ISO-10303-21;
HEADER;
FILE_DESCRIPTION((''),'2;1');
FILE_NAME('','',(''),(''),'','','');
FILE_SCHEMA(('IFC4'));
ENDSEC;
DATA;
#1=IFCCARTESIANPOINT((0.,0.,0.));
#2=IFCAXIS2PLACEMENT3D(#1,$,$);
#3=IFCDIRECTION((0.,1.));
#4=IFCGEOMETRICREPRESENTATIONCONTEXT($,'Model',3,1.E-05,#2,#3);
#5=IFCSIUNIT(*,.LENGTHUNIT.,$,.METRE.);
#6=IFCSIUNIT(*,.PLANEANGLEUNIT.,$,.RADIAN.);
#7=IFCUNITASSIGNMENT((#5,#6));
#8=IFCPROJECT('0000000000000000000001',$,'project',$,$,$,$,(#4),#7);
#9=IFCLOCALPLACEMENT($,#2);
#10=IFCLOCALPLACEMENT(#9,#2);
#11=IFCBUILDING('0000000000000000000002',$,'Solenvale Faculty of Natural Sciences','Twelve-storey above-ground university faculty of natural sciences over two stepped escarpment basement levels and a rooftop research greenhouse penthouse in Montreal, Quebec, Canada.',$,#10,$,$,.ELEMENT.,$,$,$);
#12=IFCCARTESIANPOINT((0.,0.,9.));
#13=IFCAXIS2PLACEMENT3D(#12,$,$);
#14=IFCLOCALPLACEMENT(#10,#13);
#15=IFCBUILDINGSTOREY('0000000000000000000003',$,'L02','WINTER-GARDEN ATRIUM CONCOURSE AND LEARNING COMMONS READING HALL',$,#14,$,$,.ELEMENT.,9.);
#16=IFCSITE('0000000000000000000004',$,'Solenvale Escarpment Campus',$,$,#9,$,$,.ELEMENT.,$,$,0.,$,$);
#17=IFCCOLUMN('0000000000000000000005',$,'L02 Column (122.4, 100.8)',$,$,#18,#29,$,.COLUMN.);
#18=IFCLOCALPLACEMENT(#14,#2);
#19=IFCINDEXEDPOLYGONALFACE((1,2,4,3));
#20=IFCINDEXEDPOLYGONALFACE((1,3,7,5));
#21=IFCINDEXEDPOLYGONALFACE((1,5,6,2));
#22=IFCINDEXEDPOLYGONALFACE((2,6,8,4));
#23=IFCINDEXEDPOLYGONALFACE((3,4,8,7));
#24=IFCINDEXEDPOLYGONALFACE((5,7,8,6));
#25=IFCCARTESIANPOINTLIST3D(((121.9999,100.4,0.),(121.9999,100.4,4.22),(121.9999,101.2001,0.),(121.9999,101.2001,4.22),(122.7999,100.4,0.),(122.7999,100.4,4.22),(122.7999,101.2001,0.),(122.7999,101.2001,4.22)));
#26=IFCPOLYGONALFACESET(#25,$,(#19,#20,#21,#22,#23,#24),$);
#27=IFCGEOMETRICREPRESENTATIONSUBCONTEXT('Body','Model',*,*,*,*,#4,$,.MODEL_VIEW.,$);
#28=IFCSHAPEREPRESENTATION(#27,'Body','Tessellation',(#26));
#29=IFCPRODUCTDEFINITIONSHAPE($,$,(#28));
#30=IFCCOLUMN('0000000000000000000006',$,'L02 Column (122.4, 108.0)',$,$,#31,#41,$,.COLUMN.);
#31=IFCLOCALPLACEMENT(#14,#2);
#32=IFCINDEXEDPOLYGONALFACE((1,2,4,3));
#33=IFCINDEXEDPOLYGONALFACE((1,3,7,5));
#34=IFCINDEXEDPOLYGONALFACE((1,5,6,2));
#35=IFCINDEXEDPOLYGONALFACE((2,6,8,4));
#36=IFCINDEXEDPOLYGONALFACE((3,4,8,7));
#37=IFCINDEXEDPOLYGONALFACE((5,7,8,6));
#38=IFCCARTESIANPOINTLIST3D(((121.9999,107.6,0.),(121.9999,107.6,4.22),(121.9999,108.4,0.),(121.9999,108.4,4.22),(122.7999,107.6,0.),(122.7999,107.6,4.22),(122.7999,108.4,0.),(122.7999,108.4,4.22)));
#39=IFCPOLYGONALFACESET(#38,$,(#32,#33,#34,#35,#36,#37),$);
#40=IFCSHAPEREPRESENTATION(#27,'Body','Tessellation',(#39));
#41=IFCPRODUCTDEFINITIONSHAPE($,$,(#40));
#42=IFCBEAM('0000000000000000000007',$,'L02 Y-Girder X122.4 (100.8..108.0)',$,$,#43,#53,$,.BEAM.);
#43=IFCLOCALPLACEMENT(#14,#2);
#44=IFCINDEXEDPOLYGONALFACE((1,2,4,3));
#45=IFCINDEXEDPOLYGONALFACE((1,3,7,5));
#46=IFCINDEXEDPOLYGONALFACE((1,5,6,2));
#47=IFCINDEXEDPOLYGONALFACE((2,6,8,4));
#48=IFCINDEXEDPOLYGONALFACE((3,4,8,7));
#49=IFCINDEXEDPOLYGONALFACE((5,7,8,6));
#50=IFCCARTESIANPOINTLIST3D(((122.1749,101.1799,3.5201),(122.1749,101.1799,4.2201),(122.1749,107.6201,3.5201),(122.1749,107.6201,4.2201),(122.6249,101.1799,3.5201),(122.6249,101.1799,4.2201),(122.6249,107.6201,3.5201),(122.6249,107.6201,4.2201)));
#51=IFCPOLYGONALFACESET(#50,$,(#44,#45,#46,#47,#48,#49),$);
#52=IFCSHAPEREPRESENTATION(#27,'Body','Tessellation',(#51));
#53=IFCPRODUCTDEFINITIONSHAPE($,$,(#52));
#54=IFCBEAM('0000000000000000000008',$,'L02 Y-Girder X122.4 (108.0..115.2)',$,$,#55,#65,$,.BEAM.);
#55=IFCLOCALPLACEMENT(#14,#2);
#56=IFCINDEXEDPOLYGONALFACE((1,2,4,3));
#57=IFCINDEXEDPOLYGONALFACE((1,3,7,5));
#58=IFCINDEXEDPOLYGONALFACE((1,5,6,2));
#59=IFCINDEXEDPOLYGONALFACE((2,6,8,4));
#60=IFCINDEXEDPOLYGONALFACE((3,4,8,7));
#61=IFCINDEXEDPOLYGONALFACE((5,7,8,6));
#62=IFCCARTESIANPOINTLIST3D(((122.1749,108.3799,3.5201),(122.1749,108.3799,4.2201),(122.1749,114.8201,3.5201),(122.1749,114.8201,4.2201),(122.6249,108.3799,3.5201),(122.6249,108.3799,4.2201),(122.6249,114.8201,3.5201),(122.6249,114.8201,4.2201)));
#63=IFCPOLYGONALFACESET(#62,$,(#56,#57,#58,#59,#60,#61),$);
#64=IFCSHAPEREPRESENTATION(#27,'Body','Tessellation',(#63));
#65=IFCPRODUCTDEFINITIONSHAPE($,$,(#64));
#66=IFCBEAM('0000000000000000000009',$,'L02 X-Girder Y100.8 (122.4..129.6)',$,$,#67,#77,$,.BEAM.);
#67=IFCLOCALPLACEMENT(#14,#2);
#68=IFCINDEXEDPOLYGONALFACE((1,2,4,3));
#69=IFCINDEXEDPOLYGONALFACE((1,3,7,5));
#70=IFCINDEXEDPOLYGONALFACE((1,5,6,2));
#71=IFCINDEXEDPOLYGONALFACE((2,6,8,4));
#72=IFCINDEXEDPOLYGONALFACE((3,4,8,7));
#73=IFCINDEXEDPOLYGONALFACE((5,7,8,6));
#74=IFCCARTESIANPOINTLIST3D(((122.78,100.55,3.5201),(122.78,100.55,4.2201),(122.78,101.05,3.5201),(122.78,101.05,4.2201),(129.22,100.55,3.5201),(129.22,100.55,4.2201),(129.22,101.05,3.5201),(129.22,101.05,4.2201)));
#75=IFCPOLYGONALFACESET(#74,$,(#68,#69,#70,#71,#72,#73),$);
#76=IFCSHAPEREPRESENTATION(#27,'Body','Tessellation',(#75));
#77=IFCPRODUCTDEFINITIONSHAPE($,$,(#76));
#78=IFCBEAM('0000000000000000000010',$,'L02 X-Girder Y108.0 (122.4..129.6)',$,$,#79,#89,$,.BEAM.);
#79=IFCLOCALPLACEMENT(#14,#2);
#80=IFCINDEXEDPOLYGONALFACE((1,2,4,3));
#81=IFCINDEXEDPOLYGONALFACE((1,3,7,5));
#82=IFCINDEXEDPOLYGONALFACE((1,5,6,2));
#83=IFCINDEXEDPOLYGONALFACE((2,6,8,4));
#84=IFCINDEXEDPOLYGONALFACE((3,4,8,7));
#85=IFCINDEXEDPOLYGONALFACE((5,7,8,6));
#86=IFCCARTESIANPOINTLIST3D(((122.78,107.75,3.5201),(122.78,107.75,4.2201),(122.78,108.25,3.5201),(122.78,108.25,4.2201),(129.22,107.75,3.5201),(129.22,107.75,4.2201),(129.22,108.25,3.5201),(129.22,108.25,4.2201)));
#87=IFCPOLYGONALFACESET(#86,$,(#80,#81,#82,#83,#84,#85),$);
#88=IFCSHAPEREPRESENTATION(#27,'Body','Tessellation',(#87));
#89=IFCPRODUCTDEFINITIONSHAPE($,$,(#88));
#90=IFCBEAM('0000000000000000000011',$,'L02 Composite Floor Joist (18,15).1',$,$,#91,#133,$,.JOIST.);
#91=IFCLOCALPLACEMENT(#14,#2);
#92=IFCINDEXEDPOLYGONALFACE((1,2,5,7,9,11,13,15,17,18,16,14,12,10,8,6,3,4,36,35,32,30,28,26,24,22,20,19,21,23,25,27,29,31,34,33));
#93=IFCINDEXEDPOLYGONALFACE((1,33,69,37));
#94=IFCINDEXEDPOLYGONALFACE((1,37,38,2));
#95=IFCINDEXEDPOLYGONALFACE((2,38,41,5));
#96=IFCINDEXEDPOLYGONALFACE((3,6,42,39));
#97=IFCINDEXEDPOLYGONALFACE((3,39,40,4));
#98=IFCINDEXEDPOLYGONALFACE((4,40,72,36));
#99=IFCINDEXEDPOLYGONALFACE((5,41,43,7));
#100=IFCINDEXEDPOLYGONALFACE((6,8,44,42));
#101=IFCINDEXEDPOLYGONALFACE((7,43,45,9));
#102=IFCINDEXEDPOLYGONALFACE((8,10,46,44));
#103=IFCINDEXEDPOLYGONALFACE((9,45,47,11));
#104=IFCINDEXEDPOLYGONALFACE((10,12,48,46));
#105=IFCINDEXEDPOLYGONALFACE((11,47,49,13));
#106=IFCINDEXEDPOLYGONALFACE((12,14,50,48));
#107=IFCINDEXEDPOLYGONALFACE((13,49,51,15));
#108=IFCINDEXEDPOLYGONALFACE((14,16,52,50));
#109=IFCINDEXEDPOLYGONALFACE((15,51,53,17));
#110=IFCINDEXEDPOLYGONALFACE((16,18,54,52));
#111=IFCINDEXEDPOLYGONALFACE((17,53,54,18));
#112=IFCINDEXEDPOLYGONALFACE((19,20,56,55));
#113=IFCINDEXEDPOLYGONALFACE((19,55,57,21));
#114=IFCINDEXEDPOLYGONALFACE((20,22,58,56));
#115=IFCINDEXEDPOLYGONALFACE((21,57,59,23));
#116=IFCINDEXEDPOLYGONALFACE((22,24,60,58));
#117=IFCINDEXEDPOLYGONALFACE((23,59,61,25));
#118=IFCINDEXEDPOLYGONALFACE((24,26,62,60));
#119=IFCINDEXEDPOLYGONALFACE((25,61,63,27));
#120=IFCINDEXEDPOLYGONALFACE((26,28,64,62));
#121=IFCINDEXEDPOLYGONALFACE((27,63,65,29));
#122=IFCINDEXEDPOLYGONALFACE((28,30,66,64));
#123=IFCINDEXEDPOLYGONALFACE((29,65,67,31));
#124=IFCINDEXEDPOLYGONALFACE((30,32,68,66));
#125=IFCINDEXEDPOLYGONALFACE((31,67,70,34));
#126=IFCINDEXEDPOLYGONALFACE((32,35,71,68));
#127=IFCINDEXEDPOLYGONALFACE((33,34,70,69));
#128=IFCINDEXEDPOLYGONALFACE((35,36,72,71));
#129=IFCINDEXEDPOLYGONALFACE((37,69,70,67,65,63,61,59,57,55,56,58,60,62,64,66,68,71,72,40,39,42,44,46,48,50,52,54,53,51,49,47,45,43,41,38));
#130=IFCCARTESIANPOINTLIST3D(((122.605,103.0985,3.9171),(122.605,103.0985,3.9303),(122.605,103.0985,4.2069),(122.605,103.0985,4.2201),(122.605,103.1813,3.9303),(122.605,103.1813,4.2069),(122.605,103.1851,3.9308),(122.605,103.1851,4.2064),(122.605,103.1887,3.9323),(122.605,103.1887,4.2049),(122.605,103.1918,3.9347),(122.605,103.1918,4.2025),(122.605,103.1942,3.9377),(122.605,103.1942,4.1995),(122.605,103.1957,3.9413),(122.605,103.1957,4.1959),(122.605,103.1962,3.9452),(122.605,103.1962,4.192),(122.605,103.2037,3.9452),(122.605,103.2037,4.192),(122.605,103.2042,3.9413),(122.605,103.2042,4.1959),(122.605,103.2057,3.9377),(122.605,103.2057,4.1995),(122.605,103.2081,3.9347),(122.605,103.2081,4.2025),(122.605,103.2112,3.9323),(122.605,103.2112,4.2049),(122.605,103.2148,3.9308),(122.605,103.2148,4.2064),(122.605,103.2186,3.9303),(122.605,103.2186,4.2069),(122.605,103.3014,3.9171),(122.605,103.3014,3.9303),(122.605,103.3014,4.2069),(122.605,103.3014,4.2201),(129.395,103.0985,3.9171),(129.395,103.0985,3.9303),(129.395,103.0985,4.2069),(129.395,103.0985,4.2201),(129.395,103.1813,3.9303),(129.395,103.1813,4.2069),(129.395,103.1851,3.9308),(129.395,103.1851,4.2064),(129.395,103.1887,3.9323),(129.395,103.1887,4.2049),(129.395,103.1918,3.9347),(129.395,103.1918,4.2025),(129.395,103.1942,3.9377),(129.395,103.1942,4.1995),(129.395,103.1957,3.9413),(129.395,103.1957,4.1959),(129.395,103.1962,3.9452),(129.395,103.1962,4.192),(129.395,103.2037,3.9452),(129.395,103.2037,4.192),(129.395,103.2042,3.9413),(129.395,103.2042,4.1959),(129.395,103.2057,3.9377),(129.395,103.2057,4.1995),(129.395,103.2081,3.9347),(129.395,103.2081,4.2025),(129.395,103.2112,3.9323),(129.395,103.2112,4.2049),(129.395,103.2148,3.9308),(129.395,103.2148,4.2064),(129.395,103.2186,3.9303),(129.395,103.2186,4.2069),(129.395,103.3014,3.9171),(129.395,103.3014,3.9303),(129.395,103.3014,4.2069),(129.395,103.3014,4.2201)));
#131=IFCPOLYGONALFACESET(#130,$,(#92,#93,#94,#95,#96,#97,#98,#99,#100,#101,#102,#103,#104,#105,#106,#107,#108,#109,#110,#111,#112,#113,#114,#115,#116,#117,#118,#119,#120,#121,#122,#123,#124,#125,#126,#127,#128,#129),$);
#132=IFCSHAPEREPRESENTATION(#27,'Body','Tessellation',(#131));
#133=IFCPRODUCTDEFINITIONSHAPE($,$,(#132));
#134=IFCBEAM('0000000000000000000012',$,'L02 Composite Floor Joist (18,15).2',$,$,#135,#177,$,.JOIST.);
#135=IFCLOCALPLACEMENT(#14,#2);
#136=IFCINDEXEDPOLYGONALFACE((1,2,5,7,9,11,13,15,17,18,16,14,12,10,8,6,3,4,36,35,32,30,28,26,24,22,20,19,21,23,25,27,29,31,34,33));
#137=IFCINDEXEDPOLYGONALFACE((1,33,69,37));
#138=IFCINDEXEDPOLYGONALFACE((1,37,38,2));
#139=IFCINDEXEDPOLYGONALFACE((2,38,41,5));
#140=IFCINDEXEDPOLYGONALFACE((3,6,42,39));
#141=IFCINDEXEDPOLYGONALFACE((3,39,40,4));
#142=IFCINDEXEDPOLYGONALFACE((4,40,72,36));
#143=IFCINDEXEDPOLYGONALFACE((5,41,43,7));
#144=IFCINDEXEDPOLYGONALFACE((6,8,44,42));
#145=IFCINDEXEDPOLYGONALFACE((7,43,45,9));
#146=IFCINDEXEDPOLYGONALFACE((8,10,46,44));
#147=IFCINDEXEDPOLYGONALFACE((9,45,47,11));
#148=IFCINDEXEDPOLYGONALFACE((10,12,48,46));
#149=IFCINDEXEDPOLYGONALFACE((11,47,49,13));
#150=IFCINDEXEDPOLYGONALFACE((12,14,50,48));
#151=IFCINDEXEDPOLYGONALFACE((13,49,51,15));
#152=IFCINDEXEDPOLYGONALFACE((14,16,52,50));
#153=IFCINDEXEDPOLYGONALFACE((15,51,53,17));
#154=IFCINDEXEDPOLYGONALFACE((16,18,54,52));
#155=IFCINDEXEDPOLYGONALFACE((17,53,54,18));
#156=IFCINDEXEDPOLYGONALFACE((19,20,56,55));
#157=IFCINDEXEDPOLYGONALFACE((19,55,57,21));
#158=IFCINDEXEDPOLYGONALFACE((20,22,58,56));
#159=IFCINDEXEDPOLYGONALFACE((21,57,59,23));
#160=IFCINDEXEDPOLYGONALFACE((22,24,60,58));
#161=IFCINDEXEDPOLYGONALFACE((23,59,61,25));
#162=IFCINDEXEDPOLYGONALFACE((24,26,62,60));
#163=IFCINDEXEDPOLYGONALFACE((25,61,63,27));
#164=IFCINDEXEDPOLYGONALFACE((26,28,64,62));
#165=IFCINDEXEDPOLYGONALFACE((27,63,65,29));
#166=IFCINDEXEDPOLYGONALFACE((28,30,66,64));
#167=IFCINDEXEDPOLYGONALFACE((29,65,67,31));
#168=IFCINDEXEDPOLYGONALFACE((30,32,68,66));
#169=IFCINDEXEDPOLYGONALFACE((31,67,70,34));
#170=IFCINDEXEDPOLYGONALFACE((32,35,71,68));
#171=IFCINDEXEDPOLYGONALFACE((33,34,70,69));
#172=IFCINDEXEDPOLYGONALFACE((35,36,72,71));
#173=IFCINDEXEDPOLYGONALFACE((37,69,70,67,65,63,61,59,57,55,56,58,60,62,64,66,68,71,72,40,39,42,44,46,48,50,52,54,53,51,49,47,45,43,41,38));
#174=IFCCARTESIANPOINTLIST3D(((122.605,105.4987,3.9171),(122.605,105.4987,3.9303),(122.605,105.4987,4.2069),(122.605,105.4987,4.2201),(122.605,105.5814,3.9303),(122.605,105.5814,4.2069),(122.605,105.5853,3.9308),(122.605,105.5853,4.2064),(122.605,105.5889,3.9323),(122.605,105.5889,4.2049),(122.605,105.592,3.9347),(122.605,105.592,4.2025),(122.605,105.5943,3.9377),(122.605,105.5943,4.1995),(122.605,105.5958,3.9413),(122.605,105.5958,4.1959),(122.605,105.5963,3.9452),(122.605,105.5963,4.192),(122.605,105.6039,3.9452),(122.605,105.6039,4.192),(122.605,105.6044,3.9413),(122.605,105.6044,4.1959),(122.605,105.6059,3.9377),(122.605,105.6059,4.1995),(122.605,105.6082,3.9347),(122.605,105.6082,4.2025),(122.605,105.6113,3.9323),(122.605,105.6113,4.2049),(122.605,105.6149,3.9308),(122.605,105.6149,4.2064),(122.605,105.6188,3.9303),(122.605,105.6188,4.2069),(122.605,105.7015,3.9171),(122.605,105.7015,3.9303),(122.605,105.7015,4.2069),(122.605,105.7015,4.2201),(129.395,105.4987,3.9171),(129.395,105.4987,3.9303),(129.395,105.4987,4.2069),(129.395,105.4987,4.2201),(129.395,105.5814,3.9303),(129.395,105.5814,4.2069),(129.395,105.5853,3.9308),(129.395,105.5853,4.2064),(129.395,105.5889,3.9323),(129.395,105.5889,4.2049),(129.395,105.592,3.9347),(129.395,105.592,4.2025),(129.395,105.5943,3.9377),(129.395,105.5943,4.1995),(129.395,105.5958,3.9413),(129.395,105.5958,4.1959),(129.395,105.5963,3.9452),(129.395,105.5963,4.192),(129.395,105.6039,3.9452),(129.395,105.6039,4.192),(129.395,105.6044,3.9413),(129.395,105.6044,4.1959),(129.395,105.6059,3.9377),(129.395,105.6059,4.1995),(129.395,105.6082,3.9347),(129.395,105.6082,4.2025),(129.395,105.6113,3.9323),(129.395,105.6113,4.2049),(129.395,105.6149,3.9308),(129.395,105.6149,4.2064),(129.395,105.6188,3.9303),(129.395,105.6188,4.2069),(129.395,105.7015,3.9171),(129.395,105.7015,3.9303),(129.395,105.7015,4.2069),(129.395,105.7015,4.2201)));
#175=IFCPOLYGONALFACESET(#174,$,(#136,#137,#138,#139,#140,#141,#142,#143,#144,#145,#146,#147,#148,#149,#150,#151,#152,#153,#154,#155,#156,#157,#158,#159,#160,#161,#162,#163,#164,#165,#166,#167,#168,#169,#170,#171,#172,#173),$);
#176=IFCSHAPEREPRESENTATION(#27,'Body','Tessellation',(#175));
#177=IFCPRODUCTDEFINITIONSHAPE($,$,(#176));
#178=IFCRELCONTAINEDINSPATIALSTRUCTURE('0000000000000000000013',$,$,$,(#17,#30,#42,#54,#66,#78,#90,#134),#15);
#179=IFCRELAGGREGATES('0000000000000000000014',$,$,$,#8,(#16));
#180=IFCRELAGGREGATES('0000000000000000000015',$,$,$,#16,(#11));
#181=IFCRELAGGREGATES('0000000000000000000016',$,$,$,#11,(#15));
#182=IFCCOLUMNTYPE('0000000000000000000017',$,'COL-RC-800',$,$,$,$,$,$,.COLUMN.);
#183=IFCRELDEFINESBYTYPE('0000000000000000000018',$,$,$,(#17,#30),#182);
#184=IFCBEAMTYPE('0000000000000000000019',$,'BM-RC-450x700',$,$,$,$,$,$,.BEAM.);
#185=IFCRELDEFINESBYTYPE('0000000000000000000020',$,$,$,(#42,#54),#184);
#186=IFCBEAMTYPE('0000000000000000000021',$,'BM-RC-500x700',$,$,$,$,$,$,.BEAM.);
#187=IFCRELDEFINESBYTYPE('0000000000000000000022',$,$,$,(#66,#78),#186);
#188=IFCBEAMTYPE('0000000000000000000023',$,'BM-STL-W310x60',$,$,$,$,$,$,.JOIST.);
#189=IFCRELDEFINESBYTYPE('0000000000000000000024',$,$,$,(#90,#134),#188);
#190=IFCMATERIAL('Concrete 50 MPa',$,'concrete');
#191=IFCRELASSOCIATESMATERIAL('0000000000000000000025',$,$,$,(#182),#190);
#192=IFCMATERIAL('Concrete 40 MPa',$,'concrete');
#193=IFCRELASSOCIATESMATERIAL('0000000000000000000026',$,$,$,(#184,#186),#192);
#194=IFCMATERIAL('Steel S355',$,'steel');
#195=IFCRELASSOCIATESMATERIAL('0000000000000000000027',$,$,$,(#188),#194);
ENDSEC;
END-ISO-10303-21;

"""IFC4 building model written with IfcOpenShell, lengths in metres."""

from ifc_helpers import new_model, si_unit, direction, frame, origin, origin_2d, place, context, subcontext, project, spatial, rectangle, i_section, extrude, material, material_profile, profile_set, type_object, element, save


model = new_model("IFC4")

# Units and contexts
model_context = context("Model", 3, precision=1e-05, world=origin(), true_north=direction((0.0, 1.0)))
body_context = subcontext(model_context, "Body", "Model", "MODEL_VIEW")
ifc_project = project(units=[si_unit("LENGTHUNIT", "METRE"), si_unit("PLANEANGLEUNIT", "RADIAN")], contexts=[model_context])

# Site, building, storey
site_placement = place(None, origin())
site = spatial("IfcSite", under=ifc_project, at=site_placement, Name="Solenvale Escarpment Campus", CompositionType="ELEMENT", RefElevation=0.0)
building_placement = place(site_placement, origin())
building = spatial("IfcBuilding", under=site, at=building_placement, Name="Solenvale Faculty of Natural Sciences", Description="Twelve-storey above-ground university faculty of natural sciences over two stepped escarpment basement levels and a rooftop research greenhouse penthouse in Montreal, Quebec, Canada.", CompositionType="ELEMENT")
storey_placement = place(building_placement, frame((0.0, 0.0, 9.0)))
storey = spatial("IfcBuildingStorey", under=building, at=storey_placement, Name="L02", Description="WINTER-GARDEN ATRIUM CONCOURSE AND LEARNING COMMONS READING HALL", CompositionType="ELEMENT", Elevation=9.0)

# Columns
ifc_material_1 = material(Name="Concrete 50 MPa", Category="concrete")
ifc_material_profile_1 = material_profile(ifc_material_1, rectangle(XDim=0.8, YDim=0.8, at=origin_2d()), Name="RC-COL-800x800")
ifc_profile_set_1 = profile_set([ifc_material_profile_1], Name="Concrete 50 MPa")
column_type = type_object("IfcColumnType", Name="COL-RC-800", PredefinedType="COLUMN", material=ifc_profile_set_1)
for number, where, z_axis, x_axis, name in (
    (1, (122.3999, 100.8, 0.0), (0.0, 0.0, 1.0), (1.0, 0.0, 0.0), "L02 Column (122.4, 100.8)"),
    (2, (122.3999, 108.0, 0.0), (0.0, 0.0, 1.0), (1.0, 0.0, 0.0), "L02 Column (122.4, 108.0)"),
):
    element("IfcColumn", number, at=place(storey_placement, frame(where, z_axis=z_axis, x_axis=x_axis)), inside=storey, type_object=column_type, Name=name, PredefinedType="COLUMN", context=body_context, shape_type="SweptSolid", body=[
        extrude(rectangle(XDim=0.8, YDim=0.8, at=origin_2d()), origin(), (0.0, 0.0, 1.0), 4.22),
    ])

# Beams
ifc_material_2 = material(Name="Concrete 40 MPa", Category="concrete")
ifc_material_profile_2 = material_profile(ifc_material_2, rectangle(XDim=0.45, YDim=0.7, at=origin_2d()), Name="RC-BM-450x700")
ifc_profile_set_2 = profile_set([ifc_material_profile_2], Name="Concrete 40 MPa")
beam_type_1 = type_object("IfcBeamType", Name="BM-RC-450x700", PredefinedType="BEAM", material=ifc_profile_set_2)
for number, where, z_axis, x_axis, name in (
    (3, (122.3999, 101.1799, 3.8701), (0.0, 1.0, 0.0), (-1.0, 0.0, 0.0), "L02 Y-Girder X122.4 (100.8..108.0)"),
    (4, (122.3999, 108.3799, 3.8701), (0.0, 1.0, 0.0), (-1.0, 0.0, 0.0), "L02 Y-Girder X122.4 (108.0..115.2)"),
):
    element("IfcBeam", number, at=place(storey_placement, frame(where, z_axis=z_axis, x_axis=x_axis)), inside=storey, type_object=beam_type_1, Name=name, PredefinedType="BEAM", context=body_context, shape_type="SweptSolid", body=[
        extrude(rectangle(XDim=0.45, YDim=0.7, at=origin_2d()), origin(), (0.0, 0.0, 1.0), 6.4402),
    ])
ifc_material_profile_3 = material_profile(ifc_material_2, rectangle(XDim=0.5, YDim=0.7, at=origin_2d()), Name="RC-BM-500x700")
ifc_profile_set_3 = profile_set([ifc_material_profile_3], Name="Concrete 40 MPa")
beam_type_2 = type_object("IfcBeamType", Name="BM-RC-500x700", PredefinedType="BEAM", material=ifc_profile_set_3)
for number, where, z_axis, x_axis, name in (
    (5, (122.78, 100.8, 3.8701), (1.0, 0.0, 0.0), (0.0, 1.0, 0.0), "L02 X-Girder Y100.8 (122.4..129.6)"),
    (6, (122.78, 108.0, 3.8701), (1.0, 0.0, 0.0), (0.0, 1.0, 0.0), "L02 X-Girder Y108.0 (122.4..129.6)"),
):
    element("IfcBeam", number, at=place(storey_placement, frame(where, z_axis=z_axis, x_axis=x_axis)), inside=storey, type_object=beam_type_2, Name=name, PredefinedType="BEAM", context=body_context, shape_type="SweptSolid", body=[
        extrude(rectangle(XDim=0.5, YDim=0.7, at=origin_2d()), origin(), (0.0, 0.0, 1.0), 6.4399),
    ])
ifc_material_3 = material(Name="Steel S355", Category="steel")
ifc_material_profile_4 = material_profile(ifc_material_3, i_section(OverallWidth=0.2029, OverallDepth=0.303, WebThickness=0.0076, FlangeThickness=0.0132, FilletRadius=0.0149, at=origin_2d()), Name="W310x60")
ifc_profile_set_4 = profile_set([ifc_material_profile_4], Name="Steel S355")
beam_type_3 = type_object("IfcBeamType", Name="BM-STL-W310x60", PredefinedType="JOIST", material=ifc_profile_set_4)
for number, where, z_axis, x_axis, name in (
    (7, (122.605, 103.2, 4.0686), (1.0, 0.0, 0.0), (0.0, 1.0, 0.0), "L02 Composite Floor Joist (18,15).1"),
    (8, (122.605, 105.6001, 4.0686), (1.0, 0.0, 0.0), (0.0, 1.0, 0.0), "L02 Composite Floor Joist (18,15).2"),
):
    element("IfcBeam", number, at=place(storey_placement, frame(where, z_axis=z_axis, x_axis=x_axis)), inside=storey, type_object=beam_type_3, Name=name, PredefinedType="JOIST", context=body_context, shape_type="SweptSolid", body=[
        extrude(i_section(OverallWidth=0.2029, OverallDepth=0.303, WebThickness=0.0076, FlangeThickness=0.0132, FilletRadius=0.0149, at=origin_2d()), origin(), (0.0, 0.0, 1.0), 6.79),
    ])

save(model, "model.ifc")
